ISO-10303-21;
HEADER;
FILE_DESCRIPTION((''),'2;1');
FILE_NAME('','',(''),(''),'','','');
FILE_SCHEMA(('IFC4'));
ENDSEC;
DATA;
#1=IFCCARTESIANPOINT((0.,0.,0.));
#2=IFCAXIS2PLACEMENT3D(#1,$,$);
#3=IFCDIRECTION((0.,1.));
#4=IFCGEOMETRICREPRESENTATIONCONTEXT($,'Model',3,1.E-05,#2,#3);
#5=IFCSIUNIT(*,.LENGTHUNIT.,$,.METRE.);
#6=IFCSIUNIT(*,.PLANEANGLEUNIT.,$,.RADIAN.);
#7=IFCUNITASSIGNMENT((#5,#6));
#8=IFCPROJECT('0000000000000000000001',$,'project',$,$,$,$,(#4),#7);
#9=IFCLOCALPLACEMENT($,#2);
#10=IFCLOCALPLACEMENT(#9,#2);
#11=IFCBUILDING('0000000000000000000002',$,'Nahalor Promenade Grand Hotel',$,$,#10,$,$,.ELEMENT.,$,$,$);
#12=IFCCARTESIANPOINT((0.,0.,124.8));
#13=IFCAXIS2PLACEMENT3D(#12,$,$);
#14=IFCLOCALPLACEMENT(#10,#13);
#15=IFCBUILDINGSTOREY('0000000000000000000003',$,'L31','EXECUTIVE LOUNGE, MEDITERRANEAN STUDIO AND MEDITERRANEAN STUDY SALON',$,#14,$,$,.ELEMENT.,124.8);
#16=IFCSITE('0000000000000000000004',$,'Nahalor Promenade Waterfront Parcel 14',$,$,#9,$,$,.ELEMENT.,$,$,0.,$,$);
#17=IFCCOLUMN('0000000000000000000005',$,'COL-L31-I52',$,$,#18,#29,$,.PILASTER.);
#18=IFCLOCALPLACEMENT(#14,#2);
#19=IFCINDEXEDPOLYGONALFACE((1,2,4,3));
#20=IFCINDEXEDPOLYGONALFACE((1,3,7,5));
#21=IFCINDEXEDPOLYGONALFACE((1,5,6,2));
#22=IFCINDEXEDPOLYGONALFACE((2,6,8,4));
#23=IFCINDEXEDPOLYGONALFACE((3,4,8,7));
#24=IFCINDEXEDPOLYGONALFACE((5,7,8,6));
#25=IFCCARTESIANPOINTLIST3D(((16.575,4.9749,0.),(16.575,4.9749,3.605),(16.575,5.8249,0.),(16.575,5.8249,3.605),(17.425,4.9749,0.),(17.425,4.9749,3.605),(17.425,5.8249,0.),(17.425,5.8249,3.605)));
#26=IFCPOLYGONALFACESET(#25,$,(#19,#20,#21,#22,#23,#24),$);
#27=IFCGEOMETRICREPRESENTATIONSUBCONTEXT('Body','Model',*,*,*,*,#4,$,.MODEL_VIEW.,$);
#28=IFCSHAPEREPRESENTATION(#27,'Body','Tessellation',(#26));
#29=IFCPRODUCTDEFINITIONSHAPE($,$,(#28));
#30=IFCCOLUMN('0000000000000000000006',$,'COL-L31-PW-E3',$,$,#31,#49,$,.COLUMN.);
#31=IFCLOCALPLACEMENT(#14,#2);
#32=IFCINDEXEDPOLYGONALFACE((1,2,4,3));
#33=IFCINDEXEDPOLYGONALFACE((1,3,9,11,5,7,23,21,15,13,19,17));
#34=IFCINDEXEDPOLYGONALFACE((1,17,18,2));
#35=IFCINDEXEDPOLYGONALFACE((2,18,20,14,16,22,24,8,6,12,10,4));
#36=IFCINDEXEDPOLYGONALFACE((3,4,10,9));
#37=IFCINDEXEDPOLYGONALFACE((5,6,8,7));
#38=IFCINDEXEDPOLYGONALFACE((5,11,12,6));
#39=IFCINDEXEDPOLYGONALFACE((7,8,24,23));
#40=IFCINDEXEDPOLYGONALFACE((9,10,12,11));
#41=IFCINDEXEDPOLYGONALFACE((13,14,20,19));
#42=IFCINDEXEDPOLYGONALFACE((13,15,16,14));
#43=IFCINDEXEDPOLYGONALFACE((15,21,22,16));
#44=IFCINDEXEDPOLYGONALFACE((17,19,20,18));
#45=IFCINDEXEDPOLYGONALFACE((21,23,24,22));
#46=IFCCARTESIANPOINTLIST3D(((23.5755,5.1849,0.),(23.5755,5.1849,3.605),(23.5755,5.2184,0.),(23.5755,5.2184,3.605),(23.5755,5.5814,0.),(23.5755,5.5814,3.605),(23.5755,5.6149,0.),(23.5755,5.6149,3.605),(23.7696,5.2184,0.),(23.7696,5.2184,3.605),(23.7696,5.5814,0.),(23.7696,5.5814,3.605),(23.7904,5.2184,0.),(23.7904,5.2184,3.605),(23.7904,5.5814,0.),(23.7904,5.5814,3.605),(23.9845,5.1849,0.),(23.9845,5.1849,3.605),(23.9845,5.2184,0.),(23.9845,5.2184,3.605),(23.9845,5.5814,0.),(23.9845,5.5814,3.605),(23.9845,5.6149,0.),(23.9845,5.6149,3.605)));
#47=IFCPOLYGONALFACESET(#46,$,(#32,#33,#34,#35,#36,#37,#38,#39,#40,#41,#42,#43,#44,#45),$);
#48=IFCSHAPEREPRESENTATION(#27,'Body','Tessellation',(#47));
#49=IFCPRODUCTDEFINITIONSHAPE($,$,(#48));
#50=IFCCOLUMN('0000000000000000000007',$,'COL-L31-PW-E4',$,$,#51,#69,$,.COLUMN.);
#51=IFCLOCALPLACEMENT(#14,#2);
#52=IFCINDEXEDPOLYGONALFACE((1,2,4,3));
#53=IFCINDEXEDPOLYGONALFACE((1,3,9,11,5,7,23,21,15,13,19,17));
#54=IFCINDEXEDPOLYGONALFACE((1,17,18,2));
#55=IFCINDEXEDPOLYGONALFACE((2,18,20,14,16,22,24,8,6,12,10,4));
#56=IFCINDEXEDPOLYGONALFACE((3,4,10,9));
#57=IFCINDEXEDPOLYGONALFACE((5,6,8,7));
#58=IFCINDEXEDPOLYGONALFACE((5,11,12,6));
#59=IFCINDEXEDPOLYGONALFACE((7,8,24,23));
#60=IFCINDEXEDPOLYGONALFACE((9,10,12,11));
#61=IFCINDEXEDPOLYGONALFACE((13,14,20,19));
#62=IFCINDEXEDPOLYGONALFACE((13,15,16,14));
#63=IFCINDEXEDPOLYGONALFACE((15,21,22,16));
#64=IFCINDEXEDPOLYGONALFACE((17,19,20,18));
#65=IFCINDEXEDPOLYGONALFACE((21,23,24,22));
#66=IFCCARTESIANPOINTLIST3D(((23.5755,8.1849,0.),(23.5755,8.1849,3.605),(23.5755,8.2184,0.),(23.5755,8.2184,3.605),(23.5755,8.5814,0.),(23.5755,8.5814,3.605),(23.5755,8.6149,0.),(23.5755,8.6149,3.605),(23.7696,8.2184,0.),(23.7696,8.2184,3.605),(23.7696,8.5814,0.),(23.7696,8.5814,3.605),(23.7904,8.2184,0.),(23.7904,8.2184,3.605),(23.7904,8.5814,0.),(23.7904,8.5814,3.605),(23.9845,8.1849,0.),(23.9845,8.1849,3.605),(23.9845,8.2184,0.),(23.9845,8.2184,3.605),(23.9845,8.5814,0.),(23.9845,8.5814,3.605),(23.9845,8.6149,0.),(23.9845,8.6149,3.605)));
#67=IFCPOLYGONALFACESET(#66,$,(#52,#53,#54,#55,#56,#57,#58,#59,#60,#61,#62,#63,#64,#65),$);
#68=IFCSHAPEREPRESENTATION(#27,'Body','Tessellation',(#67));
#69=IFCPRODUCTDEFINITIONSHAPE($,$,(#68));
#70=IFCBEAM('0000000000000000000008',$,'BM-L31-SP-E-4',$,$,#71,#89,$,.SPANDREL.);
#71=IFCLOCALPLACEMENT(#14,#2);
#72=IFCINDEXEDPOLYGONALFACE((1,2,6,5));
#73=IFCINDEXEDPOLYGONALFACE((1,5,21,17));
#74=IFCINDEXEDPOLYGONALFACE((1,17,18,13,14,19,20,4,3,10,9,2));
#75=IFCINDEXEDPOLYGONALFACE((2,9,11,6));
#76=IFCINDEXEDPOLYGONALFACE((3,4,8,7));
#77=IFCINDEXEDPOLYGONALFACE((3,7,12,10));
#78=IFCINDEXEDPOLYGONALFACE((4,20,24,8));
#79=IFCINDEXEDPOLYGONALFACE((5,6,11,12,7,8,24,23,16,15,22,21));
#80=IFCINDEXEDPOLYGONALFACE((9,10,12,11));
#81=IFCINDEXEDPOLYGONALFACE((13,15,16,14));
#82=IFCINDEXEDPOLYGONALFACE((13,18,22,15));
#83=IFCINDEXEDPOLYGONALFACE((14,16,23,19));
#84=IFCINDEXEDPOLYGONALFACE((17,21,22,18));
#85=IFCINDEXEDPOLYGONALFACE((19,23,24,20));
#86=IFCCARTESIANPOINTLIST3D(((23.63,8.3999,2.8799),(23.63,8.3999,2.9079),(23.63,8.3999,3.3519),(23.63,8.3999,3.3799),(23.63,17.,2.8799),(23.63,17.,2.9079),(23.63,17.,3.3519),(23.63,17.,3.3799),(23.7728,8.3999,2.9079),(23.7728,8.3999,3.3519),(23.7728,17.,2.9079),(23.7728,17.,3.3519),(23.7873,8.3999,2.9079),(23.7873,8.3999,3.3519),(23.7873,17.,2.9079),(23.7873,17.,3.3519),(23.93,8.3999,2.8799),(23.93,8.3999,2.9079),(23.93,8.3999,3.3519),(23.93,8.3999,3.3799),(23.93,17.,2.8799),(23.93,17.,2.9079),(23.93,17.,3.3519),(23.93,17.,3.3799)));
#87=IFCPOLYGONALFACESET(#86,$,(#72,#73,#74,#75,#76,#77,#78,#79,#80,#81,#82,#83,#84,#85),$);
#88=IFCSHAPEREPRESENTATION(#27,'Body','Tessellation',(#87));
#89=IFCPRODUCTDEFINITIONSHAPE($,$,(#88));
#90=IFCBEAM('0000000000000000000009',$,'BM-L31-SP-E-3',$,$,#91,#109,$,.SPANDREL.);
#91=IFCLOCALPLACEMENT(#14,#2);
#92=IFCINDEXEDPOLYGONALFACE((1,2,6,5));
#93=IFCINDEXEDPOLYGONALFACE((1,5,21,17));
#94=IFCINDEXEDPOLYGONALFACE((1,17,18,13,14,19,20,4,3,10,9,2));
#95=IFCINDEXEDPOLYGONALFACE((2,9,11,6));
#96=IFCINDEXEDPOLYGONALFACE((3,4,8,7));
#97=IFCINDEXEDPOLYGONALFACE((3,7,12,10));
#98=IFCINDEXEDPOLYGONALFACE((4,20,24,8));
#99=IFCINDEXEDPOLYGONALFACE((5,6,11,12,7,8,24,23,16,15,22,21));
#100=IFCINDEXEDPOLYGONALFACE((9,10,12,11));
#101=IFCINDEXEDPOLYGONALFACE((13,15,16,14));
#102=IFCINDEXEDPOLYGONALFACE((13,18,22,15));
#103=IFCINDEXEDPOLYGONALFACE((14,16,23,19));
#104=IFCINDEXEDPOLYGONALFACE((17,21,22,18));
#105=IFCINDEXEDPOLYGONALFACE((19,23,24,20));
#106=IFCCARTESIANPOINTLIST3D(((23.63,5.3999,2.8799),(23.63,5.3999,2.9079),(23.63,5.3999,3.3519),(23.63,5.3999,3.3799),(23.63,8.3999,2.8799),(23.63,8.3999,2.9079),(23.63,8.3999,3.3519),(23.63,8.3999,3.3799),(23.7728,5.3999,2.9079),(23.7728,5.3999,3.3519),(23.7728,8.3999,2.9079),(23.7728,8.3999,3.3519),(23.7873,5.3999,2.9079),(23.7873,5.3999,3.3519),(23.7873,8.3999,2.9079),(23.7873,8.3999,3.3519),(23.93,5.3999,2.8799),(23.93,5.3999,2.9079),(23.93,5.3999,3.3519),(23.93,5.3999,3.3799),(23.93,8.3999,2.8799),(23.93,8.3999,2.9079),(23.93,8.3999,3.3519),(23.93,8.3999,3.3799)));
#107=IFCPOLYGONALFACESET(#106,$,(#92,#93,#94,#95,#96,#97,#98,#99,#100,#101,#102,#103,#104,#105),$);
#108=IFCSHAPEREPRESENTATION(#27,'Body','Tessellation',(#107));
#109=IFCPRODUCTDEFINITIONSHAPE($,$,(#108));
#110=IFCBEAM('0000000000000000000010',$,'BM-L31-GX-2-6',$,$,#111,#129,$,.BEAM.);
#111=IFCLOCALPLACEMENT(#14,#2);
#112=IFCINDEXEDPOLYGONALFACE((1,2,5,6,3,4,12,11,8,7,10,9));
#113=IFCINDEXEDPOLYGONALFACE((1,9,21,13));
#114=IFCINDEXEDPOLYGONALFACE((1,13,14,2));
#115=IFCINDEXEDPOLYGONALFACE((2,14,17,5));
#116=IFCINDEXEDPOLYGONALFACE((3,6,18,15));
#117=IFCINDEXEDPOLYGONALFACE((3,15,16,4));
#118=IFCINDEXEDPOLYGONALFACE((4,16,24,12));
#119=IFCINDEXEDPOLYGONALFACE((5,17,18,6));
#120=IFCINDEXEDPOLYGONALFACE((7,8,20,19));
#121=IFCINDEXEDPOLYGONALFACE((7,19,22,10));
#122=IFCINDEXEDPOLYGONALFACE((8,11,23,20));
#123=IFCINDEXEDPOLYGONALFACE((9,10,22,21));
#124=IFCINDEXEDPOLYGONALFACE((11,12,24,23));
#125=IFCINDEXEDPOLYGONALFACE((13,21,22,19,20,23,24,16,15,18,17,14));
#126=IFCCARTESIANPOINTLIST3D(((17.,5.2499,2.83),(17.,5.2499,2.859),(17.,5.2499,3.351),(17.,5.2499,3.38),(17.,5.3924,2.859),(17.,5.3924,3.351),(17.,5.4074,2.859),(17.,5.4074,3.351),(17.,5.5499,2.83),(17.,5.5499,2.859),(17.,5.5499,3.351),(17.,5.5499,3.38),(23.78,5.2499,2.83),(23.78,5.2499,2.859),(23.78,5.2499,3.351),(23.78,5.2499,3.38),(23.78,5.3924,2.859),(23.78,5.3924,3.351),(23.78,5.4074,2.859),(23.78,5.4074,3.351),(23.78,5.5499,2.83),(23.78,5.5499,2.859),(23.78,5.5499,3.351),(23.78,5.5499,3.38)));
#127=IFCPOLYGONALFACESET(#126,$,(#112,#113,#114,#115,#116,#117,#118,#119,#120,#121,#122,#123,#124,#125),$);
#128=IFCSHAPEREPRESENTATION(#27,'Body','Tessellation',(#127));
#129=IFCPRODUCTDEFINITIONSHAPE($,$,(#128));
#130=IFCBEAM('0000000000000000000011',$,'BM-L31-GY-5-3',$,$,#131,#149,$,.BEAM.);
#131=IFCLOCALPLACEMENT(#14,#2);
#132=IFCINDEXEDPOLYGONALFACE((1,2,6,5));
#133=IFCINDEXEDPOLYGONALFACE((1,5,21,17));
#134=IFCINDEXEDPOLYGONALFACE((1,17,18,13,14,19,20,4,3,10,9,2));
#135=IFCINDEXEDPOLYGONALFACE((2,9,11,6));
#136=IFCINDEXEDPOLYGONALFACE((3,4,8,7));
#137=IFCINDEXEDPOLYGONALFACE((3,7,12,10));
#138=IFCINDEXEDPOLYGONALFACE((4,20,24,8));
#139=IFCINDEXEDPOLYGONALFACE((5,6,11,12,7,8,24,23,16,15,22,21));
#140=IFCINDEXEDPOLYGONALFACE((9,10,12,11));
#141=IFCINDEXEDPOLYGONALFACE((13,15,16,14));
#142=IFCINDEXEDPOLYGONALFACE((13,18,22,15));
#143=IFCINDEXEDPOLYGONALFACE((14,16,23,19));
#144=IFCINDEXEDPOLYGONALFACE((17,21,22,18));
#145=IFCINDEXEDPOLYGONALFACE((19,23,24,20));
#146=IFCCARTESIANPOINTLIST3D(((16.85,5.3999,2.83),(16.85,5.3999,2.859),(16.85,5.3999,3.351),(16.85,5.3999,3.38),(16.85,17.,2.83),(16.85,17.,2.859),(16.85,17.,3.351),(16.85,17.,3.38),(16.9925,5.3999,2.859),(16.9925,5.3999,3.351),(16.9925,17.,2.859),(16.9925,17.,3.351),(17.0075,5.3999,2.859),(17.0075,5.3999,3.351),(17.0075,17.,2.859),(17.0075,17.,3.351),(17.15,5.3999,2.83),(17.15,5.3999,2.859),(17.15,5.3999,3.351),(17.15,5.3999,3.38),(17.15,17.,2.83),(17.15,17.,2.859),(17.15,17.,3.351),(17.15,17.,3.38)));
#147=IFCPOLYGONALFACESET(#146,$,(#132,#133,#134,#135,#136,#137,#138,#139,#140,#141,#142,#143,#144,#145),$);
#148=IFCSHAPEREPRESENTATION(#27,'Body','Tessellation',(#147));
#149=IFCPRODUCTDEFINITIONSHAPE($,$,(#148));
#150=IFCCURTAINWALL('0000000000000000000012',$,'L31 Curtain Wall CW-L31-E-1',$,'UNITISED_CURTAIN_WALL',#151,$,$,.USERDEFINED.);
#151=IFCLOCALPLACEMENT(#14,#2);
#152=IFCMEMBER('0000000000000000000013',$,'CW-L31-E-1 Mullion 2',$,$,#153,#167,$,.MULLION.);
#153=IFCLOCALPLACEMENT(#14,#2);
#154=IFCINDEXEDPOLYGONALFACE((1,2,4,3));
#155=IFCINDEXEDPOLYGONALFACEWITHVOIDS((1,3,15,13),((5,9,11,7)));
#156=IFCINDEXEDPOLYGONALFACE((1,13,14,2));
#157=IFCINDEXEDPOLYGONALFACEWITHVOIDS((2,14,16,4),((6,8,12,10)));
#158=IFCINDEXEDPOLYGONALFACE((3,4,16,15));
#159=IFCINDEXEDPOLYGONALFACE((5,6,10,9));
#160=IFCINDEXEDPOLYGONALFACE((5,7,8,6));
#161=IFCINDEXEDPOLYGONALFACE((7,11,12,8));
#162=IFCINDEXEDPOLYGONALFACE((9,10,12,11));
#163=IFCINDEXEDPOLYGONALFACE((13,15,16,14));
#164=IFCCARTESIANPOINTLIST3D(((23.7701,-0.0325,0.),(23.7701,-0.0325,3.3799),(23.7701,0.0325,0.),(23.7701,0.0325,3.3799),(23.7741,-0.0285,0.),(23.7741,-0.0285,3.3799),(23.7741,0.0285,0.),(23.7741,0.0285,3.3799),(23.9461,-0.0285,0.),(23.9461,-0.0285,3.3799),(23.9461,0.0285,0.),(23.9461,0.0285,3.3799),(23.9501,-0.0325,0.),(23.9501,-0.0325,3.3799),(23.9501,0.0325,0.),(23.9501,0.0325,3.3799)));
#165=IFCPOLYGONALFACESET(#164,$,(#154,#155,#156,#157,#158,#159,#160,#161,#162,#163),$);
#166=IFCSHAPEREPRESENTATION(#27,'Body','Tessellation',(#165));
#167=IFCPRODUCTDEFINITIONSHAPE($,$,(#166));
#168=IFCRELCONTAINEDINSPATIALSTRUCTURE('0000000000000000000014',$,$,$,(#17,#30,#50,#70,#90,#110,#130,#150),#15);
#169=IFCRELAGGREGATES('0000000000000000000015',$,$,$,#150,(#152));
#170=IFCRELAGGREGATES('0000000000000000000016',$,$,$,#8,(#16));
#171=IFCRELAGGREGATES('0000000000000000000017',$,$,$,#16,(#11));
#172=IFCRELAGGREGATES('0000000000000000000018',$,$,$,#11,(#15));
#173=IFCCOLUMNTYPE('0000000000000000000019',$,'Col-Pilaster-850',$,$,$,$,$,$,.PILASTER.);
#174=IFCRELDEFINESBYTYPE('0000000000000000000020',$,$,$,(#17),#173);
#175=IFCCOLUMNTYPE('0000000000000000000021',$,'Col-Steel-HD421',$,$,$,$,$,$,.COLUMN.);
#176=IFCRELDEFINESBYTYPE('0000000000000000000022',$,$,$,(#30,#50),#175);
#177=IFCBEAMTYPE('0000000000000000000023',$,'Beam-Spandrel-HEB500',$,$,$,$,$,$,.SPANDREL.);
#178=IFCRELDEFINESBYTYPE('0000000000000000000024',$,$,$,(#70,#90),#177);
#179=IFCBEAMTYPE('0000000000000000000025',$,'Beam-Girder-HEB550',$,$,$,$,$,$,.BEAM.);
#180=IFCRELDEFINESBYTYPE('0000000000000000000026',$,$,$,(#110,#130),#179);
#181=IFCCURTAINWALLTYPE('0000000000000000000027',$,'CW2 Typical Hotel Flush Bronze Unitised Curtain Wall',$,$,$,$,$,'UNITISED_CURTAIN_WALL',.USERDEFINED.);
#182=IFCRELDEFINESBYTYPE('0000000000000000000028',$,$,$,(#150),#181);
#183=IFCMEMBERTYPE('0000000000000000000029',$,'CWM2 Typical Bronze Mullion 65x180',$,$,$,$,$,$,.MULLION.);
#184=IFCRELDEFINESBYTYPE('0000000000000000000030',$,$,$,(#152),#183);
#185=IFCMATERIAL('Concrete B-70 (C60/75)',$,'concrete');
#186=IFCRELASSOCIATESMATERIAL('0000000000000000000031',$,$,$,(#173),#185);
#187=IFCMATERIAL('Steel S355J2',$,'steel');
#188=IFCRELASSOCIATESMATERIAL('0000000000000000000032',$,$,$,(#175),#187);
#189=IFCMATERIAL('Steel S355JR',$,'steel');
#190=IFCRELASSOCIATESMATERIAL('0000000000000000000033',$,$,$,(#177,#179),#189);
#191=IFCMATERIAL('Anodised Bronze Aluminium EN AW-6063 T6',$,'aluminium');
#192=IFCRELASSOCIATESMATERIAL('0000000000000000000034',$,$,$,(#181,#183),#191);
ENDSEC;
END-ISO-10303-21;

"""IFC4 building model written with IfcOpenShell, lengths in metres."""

from ifc_helpers import new_model, si_unit, direction, frame, origin, origin_2d, place, context, subcontext, project, spatial, rectangle, hollow_rectangle, i_section, extrude, source, transform, mapped, material, material_profile, profile_set, type_object, element, aggregate, save


model = new_model("IFC4")

# Units and contexts
model_context = context("Model", 3, precision=1e-05, world=origin(), true_north=direction((0.0, 1.0)))
body_context = subcontext(model_context, "Body", "Model", "MODEL_VIEW")
ifc_project = project(units=[si_unit("LENGTHUNIT", "METRE"), si_unit("PLANEANGLEUNIT", "RADIAN")], contexts=[model_context])

# Site, building, storey
site_placement = place(None, origin())
site = spatial("IfcSite", under=ifc_project, at=site_placement, Name="Nahalor Promenade Waterfront Parcel 14", CompositionType="ELEMENT", RefElevation=0.0)
building_placement = place(site_placement, origin())
building = spatial("IfcBuilding", under=site, at=building_placement, Name="Nahalor Promenade Grand Hotel", CompositionType="ELEMENT")
storey_placement = place(building_placement, frame((0.0, 0.0, 124.8)))
storey = spatial("IfcBuildingStorey", under=building, at=storey_placement, Name="L31", Description="EXECUTIVE LOUNGE, MEDITERRANEAN STUDIO AND MEDITERRANEAN STUDY SALON", CompositionType="ELEMENT", Elevation=124.8)

# Columns
ifc_material_1 = material(Name="Concrete B-70 (C60/75)", Category="concrete")
ifc_material_profile_1 = material_profile(ifc_material_1, rectangle(XDim=0.85, YDim=0.85, at=origin_2d()), Name="RC 850x850")
ifc_profile_set_1 = profile_set([ifc_material_profile_1], Name="Concrete B-70 (C60/75)")
column_type_1 = type_object("IfcColumnType", Name="Col-Pilaster-850", PredefinedType="PILASTER", material=ifc_profile_set_1)
shared_shape_1 = source(origin(), body_context, "Body", "SweptSolid", [
    extrude(rectangle(XDim=0.85, YDim=0.85, at=origin_2d()), origin(), (0.0, 0.0, 1.0), 3.605),
])
column_placement = place(storey_placement, frame((17.0, 5.3999, 0.0), z_axis=(0.0, 0.0, 1.0), x_axis=(1.0, 0.0, 0.0)))
element("IfcColumn", 1, at=column_placement, inside=storey, type_object=column_type_1, Name="COL-L31-I52", PredefinedType="PILASTER", context=body_context, shape_type="MappedRepresentation", body=[
    mapped(shared_shape_1, transform((0.0, 0.0, 0.0), scale=1.0)),
])
ifc_material_2 = material(Name="Steel S355J2", Category="steel")
ifc_material_profile_2 = material_profile(ifc_material_2, i_section(OverallWidth=0.409, OverallDepth=0.43, WebThickness=0.0208, FlangeThickness=0.0335, at=origin_2d()), Name="HD 400x421")
ifc_profile_set_2 = profile_set([ifc_material_profile_2], Name="Steel S355J2")
column_type_2 = type_object("IfcColumnType", Name="Col-Steel-HD421", PredefinedType="COLUMN", material=ifc_profile_set_2)
shared_shape_2 = source(origin(), body_context, "Body", "SweptSolid", [
    extrude(i_section(OverallWidth=0.409, OverallDepth=0.43, WebThickness=0.0208, FlangeThickness=0.0335, at=origin_2d()), origin(), (0.0, 0.0, 1.0), 3.605),
])
for number, where, z_axis, x_axis, name in (
    (2, (23.78, 5.3999, 0.0), (0.0, 0.0, 1.0), (1.0, 0.0, 0.0), "COL-L31-PW-E3"),
    (3, (23.78, 8.3999, 0.0), (0.0, 0.0, 1.0), (1.0, 0.0, 0.0), "COL-L31-PW-E4"),
):
    element("IfcColumn", number, at=place(storey_placement, frame(where, z_axis=z_axis, x_axis=x_axis)), inside=storey, type_object=column_type_2, Name=name, PredefinedType="COLUMN", context=body_context, shape_type="MappedRepresentation", body=[
        mapped(shared_shape_2, transform((0.0, 0.0, 0.0), scale=1.0)),
    ])

# Beams
ifc_material_3 = material(Name="Steel S355JR", Category="steel")
ifc_material_profile_3 = material_profile(ifc_material_3, i_section(OverallWidth=0.3, OverallDepth=0.5, WebThickness=0.0145, FlangeThickness=0.028, at=origin_2d()), Name="HEB 500")
ifc_profile_set_3 = profile_set([ifc_material_profile_3], Name="Steel S355JR")
beam_type_1 = type_object("IfcBeamType", Name="Beam-Spandrel-HEB500", PredefinedType="SPANDREL", material=ifc_profile_set_3)
shared_shape_3 = source(origin(), body_context, "Body", "SweptSolid", [
    extrude(i_section(OverallWidth=0.3, OverallDepth=0.5, WebThickness=0.0145, FlangeThickness=0.028, at=origin_2d()), origin(), (0.0, 0.0, 1.0), 8.6001),
])
beam_1_placement = place(storey_placement, frame((23.78, 8.3999, 3.1299), z_axis=(0.0, 1.0, 0.0), x_axis=(-1.0, 0.0, 0.0)))
element("IfcBeam", 4, at=beam_1_placement, inside=storey, type_object=beam_type_1, Name="BM-L31-SP-E-4", PredefinedType="SPANDREL", context=body_context, shape_type="MappedRepresentation", body=[
    mapped(shared_shape_3, transform((0.0, 0.0, 0.0), scale=1.0)),
])
shared_shape_4 = source(origin(), body_context, "Body", "SweptSolid", [
    extrude(i_section(OverallWidth=0.3, OverallDepth=0.5, WebThickness=0.0145, FlangeThickness=0.028, at=origin_2d()), origin(), (0.0, 0.0, 1.0), 3.0),
])
beam_2_placement = place(storey_placement, frame((23.78, 5.3999, 3.1299), z_axis=(0.0, 1.0, 0.0), x_axis=(-1.0, 0.0, 0.0)))
element("IfcBeam", 5, at=beam_2_placement, inside=storey, type_object=beam_type_1, Name="BM-L31-SP-E-3", PredefinedType="SPANDREL", context=body_context, shape_type="MappedRepresentation", body=[
    mapped(shared_shape_4, transform((0.0, 0.0, 0.0), scale=1.0)),
])
ifc_material_profile_4 = material_profile(ifc_material_3, i_section(OverallWidth=0.3, OverallDepth=0.55, WebThickness=0.015, FlangeThickness=0.029, at=origin_2d()), Name="HEB 550")
ifc_profile_set_4 = profile_set([ifc_material_profile_4], Name="Steel S355JR")
beam_type_2 = type_object("IfcBeamType", Name="Beam-Girder-HEB550", PredefinedType="BEAM", material=ifc_profile_set_4)
shared_shape_5 = source(origin(), body_context, "Body", "SweptSolid", [
    extrude(i_section(OverallWidth=0.3, OverallDepth=0.55, WebThickness=0.015, FlangeThickness=0.029, at=origin_2d()), origin(), (0.0, 0.0, 1.0), 6.78),
])
beam_3_placement = place(storey_placement, frame((17.0, 5.3999, 3.105), z_axis=(1.0, 0.0, 0.0), x_axis=(0.0, 1.0, 0.0)))
element("IfcBeam", 6, at=beam_3_placement, inside=storey, type_object=beam_type_2, Name="BM-L31-GX-2-6", PredefinedType="BEAM", context=body_context, shape_type="MappedRepresentation", body=[
    mapped(shared_shape_5, transform((0.0, 0.0, 0.0), scale=1.0)),
])
shared_shape_6 = source(origin(), body_context, "Body", "SweptSolid", [
    extrude(i_section(OverallWidth=0.3, OverallDepth=0.55, WebThickness=0.015, FlangeThickness=0.029, at=origin_2d()), origin(), (0.0, 0.0, 1.0), 11.6001),
])
beam_4_placement = place(storey_placement, frame((17.0, 5.3999, 3.105), z_axis=(0.0, 1.0, 0.0), x_axis=(-1.0, 0.0, 0.0)))
element("IfcBeam", 7, at=beam_4_placement, inside=storey, type_object=beam_type_2, Name="BM-L31-GY-5-3", PredefinedType="BEAM", context=body_context, shape_type="MappedRepresentation", body=[
    mapped(shared_shape_6, transform((0.0, 0.0, 0.0), scale=1.0)),
])

# Curtain wall, member
ifc_material_4 = material(Name="Anodised Bronze Aluminium EN AW-6063 T6", Category="aluminium")
curtain_wall_type = type_object("IfcCurtainWallType", Name="CW2 Typical Hotel Flush Bronze Unitised Curtain Wall", ElementType="UNITISED_CURTAIN_WALL", PredefinedType="USERDEFINED", material=ifc_material_4)
curtain_wall_placement = place(storey_placement, origin())
curtain_wall = element("IfcCurtainWall", 8, at=curtain_wall_placement, inside=storey, type_object=curtain_wall_type, Name="L31 Curtain Wall CW-L31-E-1", ObjectType="UNITISED_CURTAIN_WALL", PredefinedType="USERDEFINED")
ifc_material_profile_5 = material_profile(ifc_material_4, hollow_rectangle(XDim=0.065, YDim=0.18, WallThickness=0.004, at=origin_2d()), Name="CWM 65x180x4")
ifc_profile_set_5 = profile_set([ifc_material_profile_5], Name="Anodised Bronze Aluminium EN AW-6063 T6")
member_type_1 = type_object("IfcMemberType", Name="CWM2 Typical Bronze Mullion 65x180", PredefinedType="MULLION", material=ifc_profile_set_5)
shared_shape_7 = source(origin(), body_context, "Body", "SweptSolid", [
    extrude(hollow_rectangle(XDim=0.065, YDim=0.18, WallThickness=0.004, at=origin_2d()), origin(), (0.0, 0.0, 1.0), 3.3799),
])
member_1_placement = place(storey_placement, frame((23.8601, 0.0, 0.0), z_axis=(0.0, 0.0, 1.0), x_axis=(0.0, 1.0, 0.0)))
member_1 = element("IfcMember", 9, at=member_1_placement, type_object=member_type_1, Name="CW-L31-E-1 Mullion 2", PredefinedType="MULLION", context=body_context, shape_type="MappedRepresentation", body=[
    mapped(shared_shape_7, transform((0.0, 0.0, 0.0), scale=1.0)),
])
aggregate(curtain_wall, [member_1])

save(model, "model.ifc")
